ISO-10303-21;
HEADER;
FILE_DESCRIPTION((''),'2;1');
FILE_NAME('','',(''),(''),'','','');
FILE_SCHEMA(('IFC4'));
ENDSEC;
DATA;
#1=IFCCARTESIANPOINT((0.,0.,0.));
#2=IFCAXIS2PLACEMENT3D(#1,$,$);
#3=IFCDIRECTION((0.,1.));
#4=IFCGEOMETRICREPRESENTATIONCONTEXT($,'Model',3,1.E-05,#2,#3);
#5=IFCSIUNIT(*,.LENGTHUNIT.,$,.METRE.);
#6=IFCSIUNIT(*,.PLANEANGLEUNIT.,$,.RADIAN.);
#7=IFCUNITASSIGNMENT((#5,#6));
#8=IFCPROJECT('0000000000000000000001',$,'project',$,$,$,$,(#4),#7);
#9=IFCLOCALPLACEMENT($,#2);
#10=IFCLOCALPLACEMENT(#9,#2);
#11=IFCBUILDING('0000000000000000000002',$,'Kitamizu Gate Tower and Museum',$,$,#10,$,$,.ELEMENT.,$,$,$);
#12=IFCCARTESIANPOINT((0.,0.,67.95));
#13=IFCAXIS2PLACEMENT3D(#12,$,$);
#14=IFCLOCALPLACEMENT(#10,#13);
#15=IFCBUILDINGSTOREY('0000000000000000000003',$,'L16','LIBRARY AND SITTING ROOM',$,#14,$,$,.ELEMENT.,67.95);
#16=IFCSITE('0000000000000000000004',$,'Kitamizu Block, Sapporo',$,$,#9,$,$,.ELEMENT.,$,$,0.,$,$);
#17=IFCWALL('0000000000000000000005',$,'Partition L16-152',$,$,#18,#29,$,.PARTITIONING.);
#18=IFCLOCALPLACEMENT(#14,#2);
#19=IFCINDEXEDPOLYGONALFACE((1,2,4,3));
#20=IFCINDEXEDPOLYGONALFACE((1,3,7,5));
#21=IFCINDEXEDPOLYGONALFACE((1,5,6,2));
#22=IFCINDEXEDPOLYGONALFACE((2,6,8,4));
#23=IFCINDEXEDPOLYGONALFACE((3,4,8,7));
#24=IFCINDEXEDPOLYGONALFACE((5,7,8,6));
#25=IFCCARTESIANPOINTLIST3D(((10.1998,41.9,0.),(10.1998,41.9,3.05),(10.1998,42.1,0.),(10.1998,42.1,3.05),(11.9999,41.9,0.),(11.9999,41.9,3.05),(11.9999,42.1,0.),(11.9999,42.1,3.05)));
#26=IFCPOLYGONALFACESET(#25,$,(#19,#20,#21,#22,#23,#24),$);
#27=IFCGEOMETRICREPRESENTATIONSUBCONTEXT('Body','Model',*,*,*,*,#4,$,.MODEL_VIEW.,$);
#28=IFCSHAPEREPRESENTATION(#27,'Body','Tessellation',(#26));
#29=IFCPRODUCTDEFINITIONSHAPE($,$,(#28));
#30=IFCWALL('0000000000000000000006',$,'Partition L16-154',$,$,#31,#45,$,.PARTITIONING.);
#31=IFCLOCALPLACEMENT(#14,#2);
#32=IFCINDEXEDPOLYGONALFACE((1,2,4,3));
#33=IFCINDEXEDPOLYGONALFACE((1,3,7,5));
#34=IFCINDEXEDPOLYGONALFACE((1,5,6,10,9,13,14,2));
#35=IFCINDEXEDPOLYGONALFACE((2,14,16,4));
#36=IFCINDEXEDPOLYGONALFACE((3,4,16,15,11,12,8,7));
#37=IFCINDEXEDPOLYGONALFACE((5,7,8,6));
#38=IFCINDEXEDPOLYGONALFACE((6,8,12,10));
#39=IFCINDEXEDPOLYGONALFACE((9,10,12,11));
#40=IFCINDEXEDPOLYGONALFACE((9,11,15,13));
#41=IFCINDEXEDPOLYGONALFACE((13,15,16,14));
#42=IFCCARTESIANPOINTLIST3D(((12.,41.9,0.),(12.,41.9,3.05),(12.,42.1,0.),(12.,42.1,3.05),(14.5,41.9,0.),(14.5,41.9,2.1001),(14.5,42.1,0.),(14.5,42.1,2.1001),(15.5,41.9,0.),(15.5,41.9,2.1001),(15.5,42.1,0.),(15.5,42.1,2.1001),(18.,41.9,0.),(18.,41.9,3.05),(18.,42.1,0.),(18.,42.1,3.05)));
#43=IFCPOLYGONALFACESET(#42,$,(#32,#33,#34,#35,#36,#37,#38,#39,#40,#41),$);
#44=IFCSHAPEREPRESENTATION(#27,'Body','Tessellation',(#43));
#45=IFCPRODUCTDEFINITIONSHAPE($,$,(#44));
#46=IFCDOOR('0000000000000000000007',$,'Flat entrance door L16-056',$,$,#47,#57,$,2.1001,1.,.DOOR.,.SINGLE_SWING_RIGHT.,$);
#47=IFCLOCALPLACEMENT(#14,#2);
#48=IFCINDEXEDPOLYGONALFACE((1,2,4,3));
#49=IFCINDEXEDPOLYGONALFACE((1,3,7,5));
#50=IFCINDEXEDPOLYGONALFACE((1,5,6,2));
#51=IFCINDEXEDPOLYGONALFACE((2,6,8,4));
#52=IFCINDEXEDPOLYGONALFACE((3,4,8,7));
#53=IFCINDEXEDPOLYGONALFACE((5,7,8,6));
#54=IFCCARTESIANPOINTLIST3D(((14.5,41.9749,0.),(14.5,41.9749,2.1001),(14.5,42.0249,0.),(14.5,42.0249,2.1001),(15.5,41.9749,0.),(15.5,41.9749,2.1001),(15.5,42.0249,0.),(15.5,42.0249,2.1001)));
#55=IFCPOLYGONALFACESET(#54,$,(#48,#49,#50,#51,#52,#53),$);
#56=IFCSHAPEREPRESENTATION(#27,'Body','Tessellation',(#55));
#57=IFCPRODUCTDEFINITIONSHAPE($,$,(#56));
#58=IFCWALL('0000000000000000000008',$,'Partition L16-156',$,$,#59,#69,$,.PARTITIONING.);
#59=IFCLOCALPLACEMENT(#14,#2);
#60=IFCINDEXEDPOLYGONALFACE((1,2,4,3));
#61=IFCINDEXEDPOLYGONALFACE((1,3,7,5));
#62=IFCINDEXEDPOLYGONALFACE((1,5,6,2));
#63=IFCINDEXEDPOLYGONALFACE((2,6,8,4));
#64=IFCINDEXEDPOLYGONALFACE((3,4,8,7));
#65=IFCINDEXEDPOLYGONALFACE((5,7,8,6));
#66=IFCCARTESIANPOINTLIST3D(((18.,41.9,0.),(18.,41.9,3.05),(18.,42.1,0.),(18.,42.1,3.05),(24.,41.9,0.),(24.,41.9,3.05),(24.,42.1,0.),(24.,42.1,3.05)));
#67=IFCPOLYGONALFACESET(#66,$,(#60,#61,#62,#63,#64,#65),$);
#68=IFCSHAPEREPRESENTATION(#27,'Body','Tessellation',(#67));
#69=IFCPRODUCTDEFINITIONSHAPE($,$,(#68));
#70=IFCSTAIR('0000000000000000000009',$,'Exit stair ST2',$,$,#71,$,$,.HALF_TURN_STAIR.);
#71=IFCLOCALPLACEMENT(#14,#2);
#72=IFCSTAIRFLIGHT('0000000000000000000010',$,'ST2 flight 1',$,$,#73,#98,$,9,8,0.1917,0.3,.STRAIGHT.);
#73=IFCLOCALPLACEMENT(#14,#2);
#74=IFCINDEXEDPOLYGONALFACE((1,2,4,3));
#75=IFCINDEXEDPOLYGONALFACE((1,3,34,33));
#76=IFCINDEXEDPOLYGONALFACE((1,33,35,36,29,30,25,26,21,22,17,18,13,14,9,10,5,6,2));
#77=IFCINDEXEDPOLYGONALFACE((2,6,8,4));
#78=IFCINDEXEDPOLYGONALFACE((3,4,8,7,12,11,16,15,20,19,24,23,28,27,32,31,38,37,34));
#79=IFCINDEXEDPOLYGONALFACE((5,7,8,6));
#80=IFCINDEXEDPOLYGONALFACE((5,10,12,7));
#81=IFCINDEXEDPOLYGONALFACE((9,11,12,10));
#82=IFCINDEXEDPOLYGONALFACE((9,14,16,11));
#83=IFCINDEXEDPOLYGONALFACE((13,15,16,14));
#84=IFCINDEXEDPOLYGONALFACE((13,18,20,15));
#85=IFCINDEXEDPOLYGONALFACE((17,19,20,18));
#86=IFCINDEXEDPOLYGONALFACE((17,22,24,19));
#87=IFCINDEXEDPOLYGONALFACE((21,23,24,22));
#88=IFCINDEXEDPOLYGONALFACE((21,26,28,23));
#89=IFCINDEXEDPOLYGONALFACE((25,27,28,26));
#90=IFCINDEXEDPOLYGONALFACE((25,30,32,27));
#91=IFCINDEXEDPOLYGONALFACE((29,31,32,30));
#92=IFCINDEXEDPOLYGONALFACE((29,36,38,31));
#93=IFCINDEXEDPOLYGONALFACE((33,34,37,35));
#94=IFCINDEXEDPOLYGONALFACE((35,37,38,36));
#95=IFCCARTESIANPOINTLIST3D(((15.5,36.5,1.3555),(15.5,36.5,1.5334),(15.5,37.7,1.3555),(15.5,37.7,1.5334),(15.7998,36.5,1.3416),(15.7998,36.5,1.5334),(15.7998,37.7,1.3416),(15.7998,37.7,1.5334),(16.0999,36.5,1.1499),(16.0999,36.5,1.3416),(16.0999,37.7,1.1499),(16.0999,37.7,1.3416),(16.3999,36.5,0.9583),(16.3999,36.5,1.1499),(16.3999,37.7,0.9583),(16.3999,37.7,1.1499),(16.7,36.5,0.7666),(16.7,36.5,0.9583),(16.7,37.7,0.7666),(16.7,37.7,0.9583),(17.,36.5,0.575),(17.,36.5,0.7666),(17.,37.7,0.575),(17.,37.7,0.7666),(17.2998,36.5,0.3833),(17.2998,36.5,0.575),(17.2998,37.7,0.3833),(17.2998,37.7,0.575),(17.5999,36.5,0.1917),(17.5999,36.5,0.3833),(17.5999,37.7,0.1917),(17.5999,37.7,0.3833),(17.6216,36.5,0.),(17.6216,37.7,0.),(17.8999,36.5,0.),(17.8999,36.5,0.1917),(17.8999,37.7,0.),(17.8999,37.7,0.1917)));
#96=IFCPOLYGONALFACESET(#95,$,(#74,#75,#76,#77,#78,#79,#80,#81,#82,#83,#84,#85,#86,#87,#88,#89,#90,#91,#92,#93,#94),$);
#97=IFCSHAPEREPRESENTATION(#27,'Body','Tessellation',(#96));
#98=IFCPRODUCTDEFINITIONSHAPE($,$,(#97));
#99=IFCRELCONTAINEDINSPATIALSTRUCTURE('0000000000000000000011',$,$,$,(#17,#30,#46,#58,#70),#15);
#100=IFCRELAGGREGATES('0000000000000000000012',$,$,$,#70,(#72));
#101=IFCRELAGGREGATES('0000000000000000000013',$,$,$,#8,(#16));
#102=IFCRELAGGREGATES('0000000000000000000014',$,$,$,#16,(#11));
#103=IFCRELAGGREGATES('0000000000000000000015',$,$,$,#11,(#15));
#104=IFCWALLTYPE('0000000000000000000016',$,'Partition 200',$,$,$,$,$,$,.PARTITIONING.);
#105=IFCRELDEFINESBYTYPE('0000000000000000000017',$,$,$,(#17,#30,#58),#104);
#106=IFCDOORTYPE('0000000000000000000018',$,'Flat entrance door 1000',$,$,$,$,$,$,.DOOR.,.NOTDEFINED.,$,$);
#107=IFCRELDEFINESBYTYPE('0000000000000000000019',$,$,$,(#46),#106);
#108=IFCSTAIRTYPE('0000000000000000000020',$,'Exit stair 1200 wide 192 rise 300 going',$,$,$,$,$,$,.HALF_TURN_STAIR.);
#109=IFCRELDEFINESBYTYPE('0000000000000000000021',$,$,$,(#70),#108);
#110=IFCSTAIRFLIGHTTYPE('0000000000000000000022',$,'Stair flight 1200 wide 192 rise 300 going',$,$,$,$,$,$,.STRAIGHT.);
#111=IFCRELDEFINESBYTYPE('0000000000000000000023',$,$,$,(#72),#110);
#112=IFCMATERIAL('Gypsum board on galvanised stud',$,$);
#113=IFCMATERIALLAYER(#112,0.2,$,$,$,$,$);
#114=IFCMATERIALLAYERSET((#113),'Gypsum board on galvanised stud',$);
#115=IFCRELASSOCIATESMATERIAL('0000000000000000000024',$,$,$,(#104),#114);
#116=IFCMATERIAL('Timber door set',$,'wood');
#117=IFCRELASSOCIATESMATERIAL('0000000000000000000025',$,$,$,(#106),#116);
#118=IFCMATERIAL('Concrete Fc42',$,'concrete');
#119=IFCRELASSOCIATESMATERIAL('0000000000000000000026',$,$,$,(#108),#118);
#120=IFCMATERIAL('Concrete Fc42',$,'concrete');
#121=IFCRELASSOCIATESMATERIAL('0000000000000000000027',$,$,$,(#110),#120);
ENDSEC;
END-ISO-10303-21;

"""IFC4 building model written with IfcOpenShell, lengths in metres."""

from ifc_helpers import new_model, si_unit, direction, frame, frame_2d, origin, place, context, subcontext, project, spatial, polyline, rectangle, outline, extrude, material, layer, layer_set, type_object, element, fill, aggregate, save


model = new_model("IFC4")

# Units and contexts
model_context = context("Model", 3, precision=1e-05, world=origin(), true_north=direction((0.0, 1.0)))
body_context = subcontext(model_context, "Body", "Model", "MODEL_VIEW")
ifc_project = project(units=[si_unit("LENGTHUNIT", "METRE"), si_unit("PLANEANGLEUNIT", "RADIAN")], contexts=[model_context])

# Site, building, storey
site_placement = place(None, origin())
site = spatial("IfcSite", under=ifc_project, at=site_placement, Name="Kitamizu Block, Sapporo", CompositionType="ELEMENT", RefElevation=0.0)
building_placement = place(site_placement, origin())
building = spatial("IfcBuilding", under=site, at=building_placement, Name="Kitamizu Gate Tower and Museum", CompositionType="ELEMENT")
storey_placement = place(building_placement, frame((0.0, 0.0, 67.95)))
storey = spatial("IfcBuildingStorey", under=building, at=storey_placement, Name="L16", Description="LIBRARY AND SITTING ROOM", CompositionType="ELEMENT", Elevation=67.95)

# Wall
ifc_material_1 = material(Name="Gypsum board on galvanised stud")
ifc_layer_1 = layer(ifc_material_1, 0.2)
ifc_layer_set_1 = layer_set([ifc_layer_1], Name="Gypsum board on galvanised stud")
wall_type_1 = type_object("IfcWallType", Name="Partition 200", PredefinedType="PARTITIONING", material=ifc_layer_set_1)
wall_1_placement = place(storey_placement, frame((10.2, 42.0, 0.0), z_axis=(0.0, 0.0, 1.0), x_axis=(1.0, 0.0, 0.0)))
element("IfcWall", 1, at=wall_1_placement, inside=storey, type_object=wall_type_1, Name="Partition L16-152", PredefinedType="PARTITIONING", context=body_context, shape_type="SweptSolid", body=[
    extrude(rectangle(XDim=1.8, YDim=0.2, at=frame_2d((0.8999, 0.0))), origin(), (0.0, 0.0, 1.0), 3.05),
])

# Wall, opening, door
wall_2_placement = place(storey_placement, frame((12.0, 42.0, 0.0), z_axis=(0.0, 0.0, 1.0), x_axis=(1.0, 0.0, 0.0)))
wall_2 = element("IfcWall", 2, at=wall_2_placement, inside=storey, type_object=wall_type_1, Name="Partition L16-154", PredefinedType="PARTITIONING", context=body_context, shape_type="SweptSolid", body=[
    extrude(rectangle(XDim=6.0, YDim=0.2, at=frame_2d((3.0, 0.0))), origin(), (0.0, 0.0, 1.0), 3.05),
])
opening_1_placement = place(wall_2_placement, frame((2.5, 0.0, 0.0)))
opening_1 = element("IfcOpeningElement", 3, at=opening_1_placement, cuts=wall_2, PredefinedType="OPENING", context=body_context, shape_type="SweptSolid", body=[
    extrude(rectangle(XDim=1.0, YDim=2.1001, at=frame_2d((0.5, 1.05))), frame((0.0, 0.1099, 0.0), z_axis=(0.0, -1.0, 0.0), x_axis=(1.0, 0.0, 0.0)), (0.0, 0.0, 1.0), 0.22),
])
ifc_material_2 = material(Name="Timber door set", Category="wood")
door_type_1 = type_object("IfcDoorType", Name="Flat entrance door 1000", OperationType="NOTDEFINED", PredefinedType="DOOR", material=ifc_material_2)
door_1_placement = place(opening_1_placement, origin())
door_1 = element("IfcDoor", 4, at=door_1_placement, inside=storey, type_object=door_type_1, Name="Flat entrance door L16-056", OperationType="SINGLE_SWING_RIGHT", OverallHeight=2.1001, OverallWidth=1.0, PredefinedType="DOOR", context=body_context, shape_type="SweptSolid", body=[
    extrude(rectangle(XDim=1.0, YDim=2.1001, at=frame_2d((0.5, 1.05))), frame((0.0, 0.0249, 0.0), z_axis=(0.0, -1.0, 0.0), x_axis=(1.0, 0.0, 0.0)), (0.0, 0.0, 1.0), 0.05),
])
fill(opening_1, door_1)

# Wall
wall_3_placement = place(storey_placement, frame((18.0, 42.0, 0.0), z_axis=(0.0, 0.0, 1.0), x_axis=(1.0, 0.0, 0.0)))
element("IfcWall", 5, at=wall_3_placement, inside=storey, type_object=wall_type_1, Name="Partition L16-156", PredefinedType="PARTITIONING", context=body_context, shape_type="SweptSolid", body=[
    extrude(rectangle(XDim=6.0, YDim=0.2, at=frame_2d((3.0, 0.0))), origin(), (0.0, 0.0, 1.0), 3.05),
])

# Stair, stair flight
ifc_material_3 = material(Name="Concrete Fc42", Category="concrete")
stair_type = type_object("IfcStairType", Name="Exit stair 1200 wide 192 rise 300 going", PredefinedType="HALF_TURN_STAIR", material=ifc_material_3)
stair_placement = place(storey_placement, origin())
stair = element("IfcStair", 6, at=stair_placement, inside=storey, type_object=stair_type, Name="Exit stair ST2", PredefinedType="HALF_TURN_STAIR")
ifc_material_4 = material(Name="Concrete Fc42", Category="concrete")
stair_flight_type = type_object("IfcStairFlightType", Name="Stair flight 1200 wide 192 rise 300 going", PredefinedType="STRAIGHT", material=ifc_material_4)
stair_flight_placement = place(storey_placement, frame((17.8999, 37.1001, 0.0), z_axis=(0.0, 0.0, 1.0), x_axis=(-1.0, 0.0, 0.0)))
stair_flight = element("IfcStairFlight", 7, at=stair_flight_placement, type_object=stair_flight_type, Name="ST2 flight 1", NumberOfRisers=9, NumberOfTreads=8, PredefinedType="STRAIGHT", RiserHeight=0.1917, TreadLength=0.3, context=body_context, shape_type="SweptSolid", body=[
    extrude(outline(polyline([(0.0, 0.0), (0.0, 0.1917), (0.3, 0.1917), (0.3, 0.3833), (0.6001, 0.3833), (0.6001, 0.575), (0.8999, 0.575), (0.8999, 0.7666), (1.2, 0.7666), (1.2, 0.9583), (1.5, 0.9583), (1.5, 1.1499), (1.8, 1.1499), (1.8, 1.3416), (2.1001, 1.3416), (2.1001, 1.5334), (2.3999, 1.5334), (2.3999, 1.7251), (2.3999, 1.3555), (0.2783, 0.0), (0.0, 0.0)])), frame((0.0, 0.6001, 0.0), z_axis=(0.0, -1.0, 0.0), x_axis=(1.0, 0.0, 0.0)), (0.0, 0.0, 1.0), 1.2),
])
aggregate(stair, [stair_flight])

save(model, "model.ifc")
